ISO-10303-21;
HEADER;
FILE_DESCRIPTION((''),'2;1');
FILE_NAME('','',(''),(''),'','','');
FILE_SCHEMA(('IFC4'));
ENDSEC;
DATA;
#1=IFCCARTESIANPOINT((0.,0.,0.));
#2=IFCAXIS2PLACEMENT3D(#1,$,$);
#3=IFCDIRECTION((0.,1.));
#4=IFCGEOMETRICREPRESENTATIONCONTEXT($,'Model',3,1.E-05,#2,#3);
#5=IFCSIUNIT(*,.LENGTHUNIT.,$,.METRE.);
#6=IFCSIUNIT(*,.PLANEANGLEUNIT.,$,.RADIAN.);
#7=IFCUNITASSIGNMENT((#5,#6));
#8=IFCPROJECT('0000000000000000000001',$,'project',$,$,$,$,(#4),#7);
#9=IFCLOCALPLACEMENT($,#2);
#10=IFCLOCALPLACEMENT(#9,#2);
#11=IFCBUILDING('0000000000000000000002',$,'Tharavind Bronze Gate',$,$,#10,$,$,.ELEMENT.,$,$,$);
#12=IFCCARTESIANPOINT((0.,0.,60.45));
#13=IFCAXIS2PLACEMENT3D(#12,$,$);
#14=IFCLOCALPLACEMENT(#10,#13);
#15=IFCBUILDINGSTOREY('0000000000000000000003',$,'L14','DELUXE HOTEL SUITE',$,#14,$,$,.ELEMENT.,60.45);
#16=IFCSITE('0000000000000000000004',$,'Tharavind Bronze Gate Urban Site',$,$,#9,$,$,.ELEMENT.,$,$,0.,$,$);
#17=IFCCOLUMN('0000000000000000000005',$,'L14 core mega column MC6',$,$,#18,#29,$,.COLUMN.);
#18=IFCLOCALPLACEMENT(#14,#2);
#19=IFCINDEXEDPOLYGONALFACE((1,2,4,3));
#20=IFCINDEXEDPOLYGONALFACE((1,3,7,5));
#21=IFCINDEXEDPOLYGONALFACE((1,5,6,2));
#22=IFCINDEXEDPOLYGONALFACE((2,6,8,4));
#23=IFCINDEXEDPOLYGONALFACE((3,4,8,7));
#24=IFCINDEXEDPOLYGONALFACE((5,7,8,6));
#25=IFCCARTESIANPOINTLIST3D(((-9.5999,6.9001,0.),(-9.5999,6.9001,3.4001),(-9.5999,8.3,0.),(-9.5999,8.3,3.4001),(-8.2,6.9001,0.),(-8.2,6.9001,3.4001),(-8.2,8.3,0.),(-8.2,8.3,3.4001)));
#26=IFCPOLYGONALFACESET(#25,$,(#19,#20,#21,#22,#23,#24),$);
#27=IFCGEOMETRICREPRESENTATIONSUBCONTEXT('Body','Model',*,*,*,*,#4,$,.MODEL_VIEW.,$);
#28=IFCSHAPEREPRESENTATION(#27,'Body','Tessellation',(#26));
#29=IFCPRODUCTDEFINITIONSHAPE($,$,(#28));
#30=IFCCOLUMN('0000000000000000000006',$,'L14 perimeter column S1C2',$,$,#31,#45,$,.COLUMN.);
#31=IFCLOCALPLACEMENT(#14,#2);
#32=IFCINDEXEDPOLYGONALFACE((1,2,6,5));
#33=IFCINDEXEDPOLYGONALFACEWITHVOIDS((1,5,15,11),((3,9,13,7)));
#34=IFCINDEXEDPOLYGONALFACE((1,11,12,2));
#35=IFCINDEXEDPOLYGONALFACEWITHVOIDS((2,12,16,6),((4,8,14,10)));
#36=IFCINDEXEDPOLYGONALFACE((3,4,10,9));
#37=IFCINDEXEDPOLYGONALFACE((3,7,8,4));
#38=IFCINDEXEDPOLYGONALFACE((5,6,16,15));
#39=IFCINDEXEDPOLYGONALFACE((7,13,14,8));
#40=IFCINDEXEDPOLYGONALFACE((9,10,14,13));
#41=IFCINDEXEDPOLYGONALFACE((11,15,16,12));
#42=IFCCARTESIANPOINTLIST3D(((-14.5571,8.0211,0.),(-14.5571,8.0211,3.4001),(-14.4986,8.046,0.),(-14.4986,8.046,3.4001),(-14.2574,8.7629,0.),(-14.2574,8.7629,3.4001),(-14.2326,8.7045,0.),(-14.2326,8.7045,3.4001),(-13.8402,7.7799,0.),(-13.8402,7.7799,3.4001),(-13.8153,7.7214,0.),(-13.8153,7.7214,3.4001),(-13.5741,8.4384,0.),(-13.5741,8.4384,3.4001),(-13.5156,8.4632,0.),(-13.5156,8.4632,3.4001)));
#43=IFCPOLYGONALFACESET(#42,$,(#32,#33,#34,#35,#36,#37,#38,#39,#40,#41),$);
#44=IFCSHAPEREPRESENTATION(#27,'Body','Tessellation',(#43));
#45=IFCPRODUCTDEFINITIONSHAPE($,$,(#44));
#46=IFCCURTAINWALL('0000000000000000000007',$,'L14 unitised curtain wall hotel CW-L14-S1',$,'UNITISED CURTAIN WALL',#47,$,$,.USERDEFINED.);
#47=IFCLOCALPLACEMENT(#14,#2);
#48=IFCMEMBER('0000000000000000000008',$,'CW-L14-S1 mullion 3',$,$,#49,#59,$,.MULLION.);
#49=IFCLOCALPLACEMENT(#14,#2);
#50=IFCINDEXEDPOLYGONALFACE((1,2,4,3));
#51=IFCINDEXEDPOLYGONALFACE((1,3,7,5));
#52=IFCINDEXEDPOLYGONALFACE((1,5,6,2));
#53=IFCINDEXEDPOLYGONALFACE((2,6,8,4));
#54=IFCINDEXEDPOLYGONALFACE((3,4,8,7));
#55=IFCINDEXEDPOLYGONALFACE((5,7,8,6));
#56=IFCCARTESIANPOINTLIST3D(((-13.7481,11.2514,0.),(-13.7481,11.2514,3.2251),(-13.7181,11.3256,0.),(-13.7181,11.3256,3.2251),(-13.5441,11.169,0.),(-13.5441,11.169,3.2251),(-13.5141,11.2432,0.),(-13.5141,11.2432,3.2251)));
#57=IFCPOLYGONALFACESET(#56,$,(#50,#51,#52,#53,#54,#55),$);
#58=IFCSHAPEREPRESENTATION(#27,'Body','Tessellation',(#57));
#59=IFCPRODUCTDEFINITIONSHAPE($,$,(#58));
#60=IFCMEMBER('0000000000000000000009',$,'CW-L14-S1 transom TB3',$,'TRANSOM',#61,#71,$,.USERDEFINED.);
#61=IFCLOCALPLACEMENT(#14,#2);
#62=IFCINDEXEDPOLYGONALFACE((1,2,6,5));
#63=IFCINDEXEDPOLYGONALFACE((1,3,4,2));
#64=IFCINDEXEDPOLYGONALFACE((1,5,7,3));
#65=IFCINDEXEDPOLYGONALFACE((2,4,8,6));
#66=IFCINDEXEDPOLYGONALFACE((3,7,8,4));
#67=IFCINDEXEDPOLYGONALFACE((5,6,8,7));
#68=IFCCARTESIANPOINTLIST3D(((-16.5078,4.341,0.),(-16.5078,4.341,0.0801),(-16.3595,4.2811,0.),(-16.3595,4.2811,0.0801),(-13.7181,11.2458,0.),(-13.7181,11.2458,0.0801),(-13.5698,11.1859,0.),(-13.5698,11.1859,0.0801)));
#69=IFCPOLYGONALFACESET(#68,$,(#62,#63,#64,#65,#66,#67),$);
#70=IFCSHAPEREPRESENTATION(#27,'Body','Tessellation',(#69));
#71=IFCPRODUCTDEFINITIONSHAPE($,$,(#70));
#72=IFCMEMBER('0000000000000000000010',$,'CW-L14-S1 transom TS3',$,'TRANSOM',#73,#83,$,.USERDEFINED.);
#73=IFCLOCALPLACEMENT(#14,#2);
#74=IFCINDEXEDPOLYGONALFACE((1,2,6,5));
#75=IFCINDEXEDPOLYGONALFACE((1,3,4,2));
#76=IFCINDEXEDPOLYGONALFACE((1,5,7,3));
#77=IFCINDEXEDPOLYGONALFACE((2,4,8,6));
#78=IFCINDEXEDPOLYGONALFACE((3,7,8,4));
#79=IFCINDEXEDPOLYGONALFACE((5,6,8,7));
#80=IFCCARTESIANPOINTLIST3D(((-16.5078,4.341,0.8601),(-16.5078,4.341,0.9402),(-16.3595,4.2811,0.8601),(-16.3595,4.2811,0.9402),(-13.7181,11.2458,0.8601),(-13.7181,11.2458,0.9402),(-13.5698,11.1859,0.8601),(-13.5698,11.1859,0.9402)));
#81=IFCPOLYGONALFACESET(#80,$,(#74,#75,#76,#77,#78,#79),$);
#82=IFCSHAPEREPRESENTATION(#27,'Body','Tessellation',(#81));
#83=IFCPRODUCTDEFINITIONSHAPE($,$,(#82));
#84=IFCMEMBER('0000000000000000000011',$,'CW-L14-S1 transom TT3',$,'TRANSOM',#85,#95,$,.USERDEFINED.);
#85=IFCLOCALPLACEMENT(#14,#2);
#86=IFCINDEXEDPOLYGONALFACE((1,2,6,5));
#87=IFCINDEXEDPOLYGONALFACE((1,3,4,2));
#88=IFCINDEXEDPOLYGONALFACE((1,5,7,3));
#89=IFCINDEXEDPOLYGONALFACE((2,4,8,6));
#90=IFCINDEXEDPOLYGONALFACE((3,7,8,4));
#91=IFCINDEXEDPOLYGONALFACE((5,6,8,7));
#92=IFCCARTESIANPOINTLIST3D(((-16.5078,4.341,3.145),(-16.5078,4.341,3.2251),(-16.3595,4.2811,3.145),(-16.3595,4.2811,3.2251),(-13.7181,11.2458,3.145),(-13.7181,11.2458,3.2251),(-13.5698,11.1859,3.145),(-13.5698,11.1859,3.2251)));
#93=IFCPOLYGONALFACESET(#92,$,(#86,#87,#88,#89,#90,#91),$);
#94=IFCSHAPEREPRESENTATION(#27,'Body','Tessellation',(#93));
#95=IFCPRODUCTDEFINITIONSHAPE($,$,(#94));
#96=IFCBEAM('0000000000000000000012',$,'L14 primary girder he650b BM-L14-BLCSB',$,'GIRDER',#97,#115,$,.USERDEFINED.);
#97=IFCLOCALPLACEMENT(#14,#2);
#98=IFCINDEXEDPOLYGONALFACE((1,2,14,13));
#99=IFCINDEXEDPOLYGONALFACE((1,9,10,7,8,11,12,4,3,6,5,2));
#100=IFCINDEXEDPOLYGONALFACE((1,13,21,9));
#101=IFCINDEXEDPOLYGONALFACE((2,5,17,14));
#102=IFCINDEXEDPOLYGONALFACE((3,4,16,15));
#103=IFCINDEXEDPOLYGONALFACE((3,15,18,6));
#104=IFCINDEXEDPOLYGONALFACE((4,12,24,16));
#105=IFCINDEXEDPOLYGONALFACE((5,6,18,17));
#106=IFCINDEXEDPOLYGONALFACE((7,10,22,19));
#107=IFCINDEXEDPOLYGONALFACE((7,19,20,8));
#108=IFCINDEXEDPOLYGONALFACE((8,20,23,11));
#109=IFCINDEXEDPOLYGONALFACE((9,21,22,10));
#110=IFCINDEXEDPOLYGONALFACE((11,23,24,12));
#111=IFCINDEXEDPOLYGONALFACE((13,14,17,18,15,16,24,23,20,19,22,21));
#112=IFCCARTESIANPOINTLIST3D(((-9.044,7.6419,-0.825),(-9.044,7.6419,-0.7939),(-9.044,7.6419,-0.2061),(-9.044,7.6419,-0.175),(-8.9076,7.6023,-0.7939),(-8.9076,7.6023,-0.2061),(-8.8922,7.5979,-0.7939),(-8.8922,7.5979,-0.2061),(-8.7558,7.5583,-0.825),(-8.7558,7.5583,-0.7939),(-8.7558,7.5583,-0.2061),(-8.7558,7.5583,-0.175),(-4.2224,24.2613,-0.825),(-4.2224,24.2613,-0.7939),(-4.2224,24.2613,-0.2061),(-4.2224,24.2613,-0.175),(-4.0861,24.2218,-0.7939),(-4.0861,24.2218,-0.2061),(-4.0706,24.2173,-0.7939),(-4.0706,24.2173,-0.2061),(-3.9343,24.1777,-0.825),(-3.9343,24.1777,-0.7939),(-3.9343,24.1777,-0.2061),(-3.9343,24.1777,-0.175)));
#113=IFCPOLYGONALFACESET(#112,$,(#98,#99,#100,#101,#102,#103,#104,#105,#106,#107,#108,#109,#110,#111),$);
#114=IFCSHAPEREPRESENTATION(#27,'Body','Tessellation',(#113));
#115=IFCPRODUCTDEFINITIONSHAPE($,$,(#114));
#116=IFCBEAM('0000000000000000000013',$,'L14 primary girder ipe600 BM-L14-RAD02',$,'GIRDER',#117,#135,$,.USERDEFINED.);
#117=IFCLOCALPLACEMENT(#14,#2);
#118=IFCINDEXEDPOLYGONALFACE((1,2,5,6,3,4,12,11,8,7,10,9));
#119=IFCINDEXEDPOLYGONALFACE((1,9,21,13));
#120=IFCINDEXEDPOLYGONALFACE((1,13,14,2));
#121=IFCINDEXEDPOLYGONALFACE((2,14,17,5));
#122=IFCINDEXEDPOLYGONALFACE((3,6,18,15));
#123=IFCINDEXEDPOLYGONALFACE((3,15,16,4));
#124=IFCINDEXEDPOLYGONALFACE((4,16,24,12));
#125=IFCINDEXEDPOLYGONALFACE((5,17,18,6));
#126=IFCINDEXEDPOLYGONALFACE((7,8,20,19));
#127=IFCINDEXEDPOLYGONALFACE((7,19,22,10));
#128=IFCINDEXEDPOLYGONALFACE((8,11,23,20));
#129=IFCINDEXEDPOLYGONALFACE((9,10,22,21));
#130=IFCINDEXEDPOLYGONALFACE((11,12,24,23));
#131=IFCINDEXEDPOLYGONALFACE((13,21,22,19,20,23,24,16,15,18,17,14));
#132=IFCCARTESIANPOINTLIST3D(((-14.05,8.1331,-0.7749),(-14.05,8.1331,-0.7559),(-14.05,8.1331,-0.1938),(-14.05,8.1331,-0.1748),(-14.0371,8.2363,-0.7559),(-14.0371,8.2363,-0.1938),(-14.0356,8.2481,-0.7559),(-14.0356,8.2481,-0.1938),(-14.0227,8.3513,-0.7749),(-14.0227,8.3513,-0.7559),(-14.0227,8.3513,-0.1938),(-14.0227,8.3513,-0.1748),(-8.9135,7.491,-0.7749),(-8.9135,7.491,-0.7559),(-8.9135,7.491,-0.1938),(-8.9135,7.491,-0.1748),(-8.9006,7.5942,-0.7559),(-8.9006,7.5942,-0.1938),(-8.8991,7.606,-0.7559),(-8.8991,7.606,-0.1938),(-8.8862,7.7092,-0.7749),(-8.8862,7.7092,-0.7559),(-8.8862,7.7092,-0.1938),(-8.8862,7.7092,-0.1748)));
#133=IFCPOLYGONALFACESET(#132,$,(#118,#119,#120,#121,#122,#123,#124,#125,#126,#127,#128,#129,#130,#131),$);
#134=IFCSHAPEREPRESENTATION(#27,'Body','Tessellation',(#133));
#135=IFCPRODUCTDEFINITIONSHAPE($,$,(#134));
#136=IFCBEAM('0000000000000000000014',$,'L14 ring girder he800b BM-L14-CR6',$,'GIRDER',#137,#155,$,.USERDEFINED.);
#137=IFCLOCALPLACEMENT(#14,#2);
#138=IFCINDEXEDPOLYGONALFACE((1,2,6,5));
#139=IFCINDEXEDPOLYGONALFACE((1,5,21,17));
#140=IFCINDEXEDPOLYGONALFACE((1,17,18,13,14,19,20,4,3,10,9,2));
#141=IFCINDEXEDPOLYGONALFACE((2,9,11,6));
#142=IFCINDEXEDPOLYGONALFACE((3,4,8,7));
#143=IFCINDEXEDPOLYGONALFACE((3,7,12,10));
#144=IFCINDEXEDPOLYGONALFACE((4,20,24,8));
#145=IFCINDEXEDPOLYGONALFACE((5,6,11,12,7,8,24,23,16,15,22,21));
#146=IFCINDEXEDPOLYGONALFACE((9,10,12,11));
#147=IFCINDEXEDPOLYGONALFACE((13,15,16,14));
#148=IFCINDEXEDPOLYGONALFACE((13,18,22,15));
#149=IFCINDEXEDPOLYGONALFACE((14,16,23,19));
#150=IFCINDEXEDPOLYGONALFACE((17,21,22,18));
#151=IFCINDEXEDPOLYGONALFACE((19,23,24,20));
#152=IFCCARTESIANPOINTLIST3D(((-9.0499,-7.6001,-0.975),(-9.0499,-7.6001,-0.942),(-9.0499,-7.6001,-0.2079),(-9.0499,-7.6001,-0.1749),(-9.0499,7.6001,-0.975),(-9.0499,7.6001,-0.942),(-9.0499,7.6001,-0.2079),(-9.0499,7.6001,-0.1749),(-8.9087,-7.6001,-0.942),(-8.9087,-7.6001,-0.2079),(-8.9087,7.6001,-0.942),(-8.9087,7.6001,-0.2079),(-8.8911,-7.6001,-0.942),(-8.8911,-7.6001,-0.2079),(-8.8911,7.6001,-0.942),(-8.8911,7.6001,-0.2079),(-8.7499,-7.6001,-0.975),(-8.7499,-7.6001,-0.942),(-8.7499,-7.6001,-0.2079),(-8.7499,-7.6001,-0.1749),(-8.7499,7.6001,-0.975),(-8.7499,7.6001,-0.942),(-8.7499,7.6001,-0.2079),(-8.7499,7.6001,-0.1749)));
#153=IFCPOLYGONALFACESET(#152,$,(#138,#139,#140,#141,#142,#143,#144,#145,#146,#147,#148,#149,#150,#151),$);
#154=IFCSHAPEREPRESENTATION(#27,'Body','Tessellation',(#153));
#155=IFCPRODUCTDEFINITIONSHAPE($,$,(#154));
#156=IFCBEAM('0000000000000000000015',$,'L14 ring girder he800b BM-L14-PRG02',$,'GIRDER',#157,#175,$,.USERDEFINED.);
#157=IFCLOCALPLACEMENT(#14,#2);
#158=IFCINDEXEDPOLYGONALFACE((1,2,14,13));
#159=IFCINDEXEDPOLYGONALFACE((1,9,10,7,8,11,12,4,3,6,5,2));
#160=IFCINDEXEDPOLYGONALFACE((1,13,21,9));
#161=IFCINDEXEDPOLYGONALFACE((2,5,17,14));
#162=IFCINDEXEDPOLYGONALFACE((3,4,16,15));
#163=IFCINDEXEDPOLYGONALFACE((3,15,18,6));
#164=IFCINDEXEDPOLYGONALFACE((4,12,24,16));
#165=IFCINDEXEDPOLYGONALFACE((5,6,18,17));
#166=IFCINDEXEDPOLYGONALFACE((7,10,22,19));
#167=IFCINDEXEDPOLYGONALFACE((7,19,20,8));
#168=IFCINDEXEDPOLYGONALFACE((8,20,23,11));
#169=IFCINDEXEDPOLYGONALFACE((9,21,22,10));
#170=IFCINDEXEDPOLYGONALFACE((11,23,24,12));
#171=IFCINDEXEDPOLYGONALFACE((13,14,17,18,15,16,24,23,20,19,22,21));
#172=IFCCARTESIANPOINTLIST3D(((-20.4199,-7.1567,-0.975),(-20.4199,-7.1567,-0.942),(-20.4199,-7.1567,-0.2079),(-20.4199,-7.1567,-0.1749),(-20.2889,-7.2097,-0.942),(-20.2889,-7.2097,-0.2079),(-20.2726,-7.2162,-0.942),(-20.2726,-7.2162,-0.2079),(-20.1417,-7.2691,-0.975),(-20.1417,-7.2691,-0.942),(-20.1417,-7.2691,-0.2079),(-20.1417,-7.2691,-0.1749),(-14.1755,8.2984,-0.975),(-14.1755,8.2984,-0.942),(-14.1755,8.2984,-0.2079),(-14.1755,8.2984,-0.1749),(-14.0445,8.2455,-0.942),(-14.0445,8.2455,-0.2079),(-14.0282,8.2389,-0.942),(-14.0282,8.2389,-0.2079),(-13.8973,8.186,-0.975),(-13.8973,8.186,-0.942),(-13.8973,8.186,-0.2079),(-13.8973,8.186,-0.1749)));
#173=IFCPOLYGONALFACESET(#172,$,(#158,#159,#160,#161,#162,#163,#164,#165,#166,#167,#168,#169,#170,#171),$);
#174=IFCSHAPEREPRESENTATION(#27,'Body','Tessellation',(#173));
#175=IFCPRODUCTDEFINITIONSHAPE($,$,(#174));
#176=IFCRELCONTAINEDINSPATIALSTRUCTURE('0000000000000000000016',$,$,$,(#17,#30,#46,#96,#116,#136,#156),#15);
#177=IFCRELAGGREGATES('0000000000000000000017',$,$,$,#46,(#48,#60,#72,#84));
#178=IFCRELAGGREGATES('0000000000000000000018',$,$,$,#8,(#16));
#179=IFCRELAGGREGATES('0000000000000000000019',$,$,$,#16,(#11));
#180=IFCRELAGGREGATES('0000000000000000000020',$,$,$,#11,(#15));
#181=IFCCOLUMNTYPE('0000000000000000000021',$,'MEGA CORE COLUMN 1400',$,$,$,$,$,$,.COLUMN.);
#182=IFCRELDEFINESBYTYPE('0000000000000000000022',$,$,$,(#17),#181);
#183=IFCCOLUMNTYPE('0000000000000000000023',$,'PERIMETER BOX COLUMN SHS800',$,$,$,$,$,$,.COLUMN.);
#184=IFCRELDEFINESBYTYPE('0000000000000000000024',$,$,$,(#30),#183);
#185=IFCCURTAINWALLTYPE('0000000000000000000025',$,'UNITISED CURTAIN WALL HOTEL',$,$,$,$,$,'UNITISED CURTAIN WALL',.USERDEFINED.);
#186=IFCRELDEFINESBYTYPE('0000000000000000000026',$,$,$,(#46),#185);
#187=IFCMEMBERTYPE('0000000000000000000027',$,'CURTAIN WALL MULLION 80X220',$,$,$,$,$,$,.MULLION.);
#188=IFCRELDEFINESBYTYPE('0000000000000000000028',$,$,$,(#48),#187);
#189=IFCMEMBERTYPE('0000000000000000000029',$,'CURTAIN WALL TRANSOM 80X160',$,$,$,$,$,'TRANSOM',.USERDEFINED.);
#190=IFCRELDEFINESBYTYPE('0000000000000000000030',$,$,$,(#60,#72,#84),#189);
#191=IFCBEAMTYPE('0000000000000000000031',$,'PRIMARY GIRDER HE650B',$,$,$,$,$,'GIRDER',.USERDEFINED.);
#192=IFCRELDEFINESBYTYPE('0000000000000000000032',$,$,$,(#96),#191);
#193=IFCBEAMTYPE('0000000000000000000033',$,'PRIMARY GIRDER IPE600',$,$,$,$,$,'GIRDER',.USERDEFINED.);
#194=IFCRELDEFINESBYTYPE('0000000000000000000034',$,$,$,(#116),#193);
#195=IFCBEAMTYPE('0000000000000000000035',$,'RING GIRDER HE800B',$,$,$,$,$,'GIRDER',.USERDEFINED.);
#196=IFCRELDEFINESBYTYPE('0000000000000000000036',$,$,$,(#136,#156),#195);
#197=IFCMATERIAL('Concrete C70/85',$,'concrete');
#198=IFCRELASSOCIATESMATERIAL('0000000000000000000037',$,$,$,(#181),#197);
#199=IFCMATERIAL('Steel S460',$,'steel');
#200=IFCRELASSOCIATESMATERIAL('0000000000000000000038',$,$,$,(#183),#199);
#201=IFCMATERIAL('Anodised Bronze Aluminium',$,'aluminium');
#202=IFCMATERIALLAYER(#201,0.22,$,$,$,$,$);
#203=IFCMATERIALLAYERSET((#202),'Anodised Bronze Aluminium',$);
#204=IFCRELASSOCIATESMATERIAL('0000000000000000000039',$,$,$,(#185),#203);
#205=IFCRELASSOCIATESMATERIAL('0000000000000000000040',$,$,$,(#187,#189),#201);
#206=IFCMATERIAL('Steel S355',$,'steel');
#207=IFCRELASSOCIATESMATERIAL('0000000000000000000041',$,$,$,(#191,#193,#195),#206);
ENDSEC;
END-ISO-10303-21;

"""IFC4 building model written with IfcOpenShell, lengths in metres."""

from ifc_helpers import new_model, si_unit, direction, frame, origin, origin_2d, place, context, subcontext, project, spatial, rectangle, hollow_rectangle, i_section, extrude, material, layer, layer_set, material_profile, profile_set, type_object, element, aggregate, save


model = new_model("IFC4")

# Units and contexts
model_context = context("Model", 3, precision=1e-05, world=origin(), true_north=direction((0.0, 1.0)))
body_context = subcontext(model_context, "Body", "Model", "MODEL_VIEW")
ifc_project = project(units=[si_unit("LENGTHUNIT", "METRE"), si_unit("PLANEANGLEUNIT", "RADIAN")], contexts=[model_context])

# Site, building, storey
site_placement = place(None, origin())
site = spatial("IfcSite", under=ifc_project, at=site_placement, Name="Tharavind Bronze Gate Urban Site", CompositionType="ELEMENT", RefElevation=0.0)
building_placement = place(site_placement, origin())
building = spatial("IfcBuilding", under=site, at=building_placement, Name="Tharavind Bronze Gate", CompositionType="ELEMENT")
storey_placement = place(building_placement, frame((0.0, 0.0, 60.45)))
storey = spatial("IfcBuildingStorey", under=building, at=storey_placement, Name="L14", Description="DELUXE HOTEL SUITE", CompositionType="ELEMENT", Elevation=60.45)

# Columns
ifc_material_1 = material(Name="Concrete C70/85", Category="concrete")
ifc_material_profile_1 = material_profile(ifc_material_1, rectangle(XDim=1.3999, YDim=1.3999, at=origin_2d()), Name="RCCOL1400")
ifc_profile_set_1 = profile_set([ifc_material_profile_1], Name="Concrete C70/85")
column_type_1 = type_object("IfcColumnType", Name="MEGA CORE COLUMN 1400", PredefinedType="COLUMN", material=ifc_profile_set_1)
column_1_placement = place(storey_placement, frame((-8.8999, 7.6001, 0.0), z_axis=(0.0, 0.0, 1.0), x_axis=(1.0, 0.0, 0.0)))
element("IfcColumn", 1, at=column_1_placement, inside=storey, type_object=column_type_1, Name="L14 core mega column MC6", PredefinedType="COLUMN", context=body_context, shape_type="SweptSolid", body=[
    extrude(rectangle(XDim=1.3999, YDim=1.3999, at=origin_2d()), origin(), (0.0, 0.0, 1.0), 3.4001),
])
ifc_material_2 = material(Name="Steel S460", Category="steel")
ifc_material_profile_2 = material_profile(ifc_material_2, hollow_rectangle(XDim=0.8, YDim=0.8, WallThickness=0.0449, at=origin_2d()), Name="SHS800X45")
ifc_profile_set_2 = profile_set([ifc_material_profile_2], Name="Steel S460")
column_type_2 = type_object("IfcColumnType", Name="PERIMETER BOX COLUMN SHS800", PredefinedType="COLUMN", material=ifc_profile_set_2)
column_2_placement = place(storey_placement, frame((-14.0364, 8.2422, 0.0), z_axis=(0.0, 0.0, 1.0), x_axis=(0.374608, 0.927183, 0.0)))
element("IfcColumn", 2, at=column_2_placement, inside=storey, type_object=column_type_2, Name="L14 perimeter column S1C2", PredefinedType="COLUMN", context=body_context, shape_type="SweptSolid", body=[
    extrude(hollow_rectangle(XDim=0.8, YDim=0.8, WallThickness=0.0449, at=origin_2d()), origin(), (0.0, 0.0, 1.0), 3.4001),
])

# Curtain wall, members
ifc_material_3 = material(Name="Anodised Bronze Aluminium", Category="aluminium")
ifc_layer_1 = layer(ifc_material_3, 0.22)
ifc_layer_set_1 = layer_set([ifc_layer_1], Name="Anodised Bronze Aluminium")
curtain_wall_type = type_object("IfcCurtainWallType", Name="UNITISED CURTAIN WALL HOTEL", ElementType="UNITISED CURTAIN WALL", PredefinedType="USERDEFINED", material=ifc_layer_set_1)
curtain_wall_placement = place(storey_placement, origin())
curtain_wall = element("IfcCurtainWall", 3, at=curtain_wall_placement, inside=storey, type_object=curtain_wall_type, Name="L14 unitised curtain wall hotel CW-L14-S1", ObjectType="UNITISED CURTAIN WALL", PredefinedType="USERDEFINED")
member_type_1 = type_object("IfcMemberType", Name="CURTAIN WALL MULLION 80X220", PredefinedType="MULLION", material=ifc_material_3)
member_1_placement = place(storey_placement, frame((-13.6311, 11.2473, 0.0), z_axis=(0.0, 0.0, 1.0), x_axis=(-0.374607, -0.927184, 0.0)))
member_1 = element("IfcMember", 4, at=member_1_placement, type_object=member_type_1, Name="CW-L14-S1 mullion 3", PredefinedType="MULLION", context=body_context, shape_type="SweptSolid", body=[
    extrude(rectangle(XDim=0.0801, YDim=0.22, at=origin_2d()), origin(), (0.0, 0.0, 1.0), 3.2251),
])
member_type_2 = type_object("IfcMemberType", Name="CURTAIN WALL TRANSOM 80X160", ElementType="TRANSOM", PredefinedType="USERDEFINED", material=ifc_material_3)
member_2_placement = place(storey_placement, frame((-15.0388, 7.7634, 0.0), z_axis=(0.0, 0.0, 1.0), x_axis=(-0.374607, -0.927184, 0.0)))
member_2 = element("IfcMember", 5, at=member_2_placement, type_object=member_type_2, Name="CW-L14-S1 transom TB3", ObjectType="TRANSOM", PredefinedType="USERDEFINED", context=body_context, shape_type="SweptSolid", body=[
    extrude(rectangle(XDim=7.447, YDim=0.1599, at=origin_2d()), origin(), (0.0, 0.0, 1.0), 0.0801),
])
member_3_placement = place(storey_placement, frame((-15.0388, 7.7634, 0.8601), z_axis=(0.0, 0.0, 1.0), x_axis=(-0.374607, -0.927184, 0.0)))
member_3 = element("IfcMember", 6, at=member_3_placement, type_object=member_type_2, Name="CW-L14-S1 transom TS3", ObjectType="TRANSOM", PredefinedType="USERDEFINED", context=body_context, shape_type="SweptSolid", body=[
    extrude(rectangle(XDim=7.447, YDim=0.1599, at=origin_2d()), origin(), (0.0, 0.0, 1.0), 0.0801),
])
member_4_placement = place(storey_placement, frame((-15.0388, 7.7634, 3.145), z_axis=(0.0, 0.0, 1.0), x_axis=(-0.374607, -0.927184, 0.0)))
member_4 = element("IfcMember", 7, at=member_4_placement, type_object=member_type_2, Name="CW-L14-S1 transom TT3", ObjectType="TRANSOM", PredefinedType="USERDEFINED", context=body_context, shape_type="SweptSolid", body=[
    extrude(rectangle(XDim=7.447, YDim=0.1599, at=origin_2d()), origin(), (0.0, 0.0, 1.0), 0.0801),
])

# Beams
ifc_material_4 = material(Name="Steel S355", Category="steel")
ifc_material_profile_3 = material_profile(ifc_material_4, i_section(OverallWidth=0.3, OverallDepth=0.6499, WebThickness=0.0161, FlangeThickness=0.031, at=origin_2d()), Name="HE650B")
ifc_profile_set_3 = profile_set([ifc_material_profile_3], Name="Steel S355")
beam_type_1 = type_object("IfcBeamType", Name="PRIMARY GIRDER HE650B", ElementType="GIRDER", PredefinedType="USERDEFINED", material=ifc_profile_set_3)
beam_1_placement = place(storey_placement, frame((-8.8999, 7.6001, -0.5), z_axis=(0.278626, 0.9604, 0.0), x_axis=(-0.9604, 0.278626, 0.0)))
element("IfcBeam", 8, at=beam_1_placement, inside=storey, type_object=beam_type_1, Name="L14 primary girder he650b BM-L14-BLCSB", ObjectType="GIRDER", PredefinedType="USERDEFINED", context=body_context, shape_type="SweptSolid", body=[
    extrude(i_section(OverallWidth=0.3, OverallDepth=0.6499, WebThickness=0.0161, FlangeThickness=0.031, at=origin_2d()), origin(), (0.0, 0.0, 1.0), 17.3047),
])
ifc_material_profile_4 = material_profile(ifc_material_4, i_section(OverallWidth=0.22, OverallDepth=0.6001, WebThickness=0.012, FlangeThickness=0.019, at=origin_2d()), Name="IPE600")
ifc_profile_set_4 = profile_set([ifc_material_profile_4], Name="Steel S355")
beam_type_2 = type_object("IfcBeamType", Name="PRIMARY GIRDER IPE600", ElementType="GIRDER", PredefinedType="USERDEFINED", material=ifc_profile_set_4)
beam_2_placement = place(storey_placement, frame((-14.0364, 8.2422, -0.4749), z_axis=(0.992277, -0.124041, 0.0), x_axis=(0.124041, 0.992277, 0.0)))
element("IfcBeam", 9, at=beam_2_placement, inside=storey, type_object=beam_type_2, Name="L14 primary girder ipe600 BM-L14-RAD02", ObjectType="GIRDER", PredefinedType="USERDEFINED", context=body_context, shape_type="SweptSolid", body=[
    extrude(i_section(OverallWidth=0.22, OverallDepth=0.6001, WebThickness=0.012, FlangeThickness=0.019, at=origin_2d()), origin(), (0.0, 0.0, 1.0), 5.1765),
])
ifc_material_profile_5 = material_profile(ifc_material_4, i_section(OverallWidth=0.3, OverallDepth=0.8, WebThickness=0.0176, FlangeThickness=0.033, at=origin_2d()), Name="HE800B")
ifc_profile_set_5 = profile_set([ifc_material_profile_5], Name="Steel S355")
beam_type_3 = type_object("IfcBeamType", Name="RING GIRDER HE800B", ElementType="GIRDER", PredefinedType="USERDEFINED", material=ifc_profile_set_5)
beam_3_placement = place(storey_placement, frame((-8.8999, 7.6001, -0.575), z_axis=(0.0, -1.0, 0.0), x_axis=(1.0, 0.0, 0.0)))
element("IfcBeam", 10, at=beam_3_placement, inside=storey, type_object=beam_type_3, Name="L14 ring girder he800b BM-L14-CR6", ObjectType="GIRDER", PredefinedType="USERDEFINED", context=body_context, shape_type="SweptSolid", body=[
    extrude(i_section(OverallWidth=0.3, OverallDepth=0.8, WebThickness=0.0176, FlangeThickness=0.033, at=origin_2d()), origin(), (0.0, 0.0, 1.0), 15.2002),
])
beam_4_placement = place(storey_placement, frame((-14.0364, 8.2422, -0.575), z_axis=(-0.374613, -0.927181, 0.0), x_axis=(0.927181, -0.374613, 0.0)))
element("IfcBeam", 11, at=beam_4_placement, inside=storey, type_object=beam_type_3, Name="L14 ring girder he800b BM-L14-PRG02", ObjectType="GIRDER", PredefinedType="USERDEFINED", context=body_context, shape_type="SweptSolid", body=[
    extrude(i_section(OverallWidth=0.3, OverallDepth=0.8, WebThickness=0.0176, FlangeThickness=0.033, at=origin_2d()), origin(), (0.0, 0.0, 1.0), 16.6689),
])

aggregate(curtain_wall, [member_1, member_2, member_3, member_4])

save(model, "model.ifc")
